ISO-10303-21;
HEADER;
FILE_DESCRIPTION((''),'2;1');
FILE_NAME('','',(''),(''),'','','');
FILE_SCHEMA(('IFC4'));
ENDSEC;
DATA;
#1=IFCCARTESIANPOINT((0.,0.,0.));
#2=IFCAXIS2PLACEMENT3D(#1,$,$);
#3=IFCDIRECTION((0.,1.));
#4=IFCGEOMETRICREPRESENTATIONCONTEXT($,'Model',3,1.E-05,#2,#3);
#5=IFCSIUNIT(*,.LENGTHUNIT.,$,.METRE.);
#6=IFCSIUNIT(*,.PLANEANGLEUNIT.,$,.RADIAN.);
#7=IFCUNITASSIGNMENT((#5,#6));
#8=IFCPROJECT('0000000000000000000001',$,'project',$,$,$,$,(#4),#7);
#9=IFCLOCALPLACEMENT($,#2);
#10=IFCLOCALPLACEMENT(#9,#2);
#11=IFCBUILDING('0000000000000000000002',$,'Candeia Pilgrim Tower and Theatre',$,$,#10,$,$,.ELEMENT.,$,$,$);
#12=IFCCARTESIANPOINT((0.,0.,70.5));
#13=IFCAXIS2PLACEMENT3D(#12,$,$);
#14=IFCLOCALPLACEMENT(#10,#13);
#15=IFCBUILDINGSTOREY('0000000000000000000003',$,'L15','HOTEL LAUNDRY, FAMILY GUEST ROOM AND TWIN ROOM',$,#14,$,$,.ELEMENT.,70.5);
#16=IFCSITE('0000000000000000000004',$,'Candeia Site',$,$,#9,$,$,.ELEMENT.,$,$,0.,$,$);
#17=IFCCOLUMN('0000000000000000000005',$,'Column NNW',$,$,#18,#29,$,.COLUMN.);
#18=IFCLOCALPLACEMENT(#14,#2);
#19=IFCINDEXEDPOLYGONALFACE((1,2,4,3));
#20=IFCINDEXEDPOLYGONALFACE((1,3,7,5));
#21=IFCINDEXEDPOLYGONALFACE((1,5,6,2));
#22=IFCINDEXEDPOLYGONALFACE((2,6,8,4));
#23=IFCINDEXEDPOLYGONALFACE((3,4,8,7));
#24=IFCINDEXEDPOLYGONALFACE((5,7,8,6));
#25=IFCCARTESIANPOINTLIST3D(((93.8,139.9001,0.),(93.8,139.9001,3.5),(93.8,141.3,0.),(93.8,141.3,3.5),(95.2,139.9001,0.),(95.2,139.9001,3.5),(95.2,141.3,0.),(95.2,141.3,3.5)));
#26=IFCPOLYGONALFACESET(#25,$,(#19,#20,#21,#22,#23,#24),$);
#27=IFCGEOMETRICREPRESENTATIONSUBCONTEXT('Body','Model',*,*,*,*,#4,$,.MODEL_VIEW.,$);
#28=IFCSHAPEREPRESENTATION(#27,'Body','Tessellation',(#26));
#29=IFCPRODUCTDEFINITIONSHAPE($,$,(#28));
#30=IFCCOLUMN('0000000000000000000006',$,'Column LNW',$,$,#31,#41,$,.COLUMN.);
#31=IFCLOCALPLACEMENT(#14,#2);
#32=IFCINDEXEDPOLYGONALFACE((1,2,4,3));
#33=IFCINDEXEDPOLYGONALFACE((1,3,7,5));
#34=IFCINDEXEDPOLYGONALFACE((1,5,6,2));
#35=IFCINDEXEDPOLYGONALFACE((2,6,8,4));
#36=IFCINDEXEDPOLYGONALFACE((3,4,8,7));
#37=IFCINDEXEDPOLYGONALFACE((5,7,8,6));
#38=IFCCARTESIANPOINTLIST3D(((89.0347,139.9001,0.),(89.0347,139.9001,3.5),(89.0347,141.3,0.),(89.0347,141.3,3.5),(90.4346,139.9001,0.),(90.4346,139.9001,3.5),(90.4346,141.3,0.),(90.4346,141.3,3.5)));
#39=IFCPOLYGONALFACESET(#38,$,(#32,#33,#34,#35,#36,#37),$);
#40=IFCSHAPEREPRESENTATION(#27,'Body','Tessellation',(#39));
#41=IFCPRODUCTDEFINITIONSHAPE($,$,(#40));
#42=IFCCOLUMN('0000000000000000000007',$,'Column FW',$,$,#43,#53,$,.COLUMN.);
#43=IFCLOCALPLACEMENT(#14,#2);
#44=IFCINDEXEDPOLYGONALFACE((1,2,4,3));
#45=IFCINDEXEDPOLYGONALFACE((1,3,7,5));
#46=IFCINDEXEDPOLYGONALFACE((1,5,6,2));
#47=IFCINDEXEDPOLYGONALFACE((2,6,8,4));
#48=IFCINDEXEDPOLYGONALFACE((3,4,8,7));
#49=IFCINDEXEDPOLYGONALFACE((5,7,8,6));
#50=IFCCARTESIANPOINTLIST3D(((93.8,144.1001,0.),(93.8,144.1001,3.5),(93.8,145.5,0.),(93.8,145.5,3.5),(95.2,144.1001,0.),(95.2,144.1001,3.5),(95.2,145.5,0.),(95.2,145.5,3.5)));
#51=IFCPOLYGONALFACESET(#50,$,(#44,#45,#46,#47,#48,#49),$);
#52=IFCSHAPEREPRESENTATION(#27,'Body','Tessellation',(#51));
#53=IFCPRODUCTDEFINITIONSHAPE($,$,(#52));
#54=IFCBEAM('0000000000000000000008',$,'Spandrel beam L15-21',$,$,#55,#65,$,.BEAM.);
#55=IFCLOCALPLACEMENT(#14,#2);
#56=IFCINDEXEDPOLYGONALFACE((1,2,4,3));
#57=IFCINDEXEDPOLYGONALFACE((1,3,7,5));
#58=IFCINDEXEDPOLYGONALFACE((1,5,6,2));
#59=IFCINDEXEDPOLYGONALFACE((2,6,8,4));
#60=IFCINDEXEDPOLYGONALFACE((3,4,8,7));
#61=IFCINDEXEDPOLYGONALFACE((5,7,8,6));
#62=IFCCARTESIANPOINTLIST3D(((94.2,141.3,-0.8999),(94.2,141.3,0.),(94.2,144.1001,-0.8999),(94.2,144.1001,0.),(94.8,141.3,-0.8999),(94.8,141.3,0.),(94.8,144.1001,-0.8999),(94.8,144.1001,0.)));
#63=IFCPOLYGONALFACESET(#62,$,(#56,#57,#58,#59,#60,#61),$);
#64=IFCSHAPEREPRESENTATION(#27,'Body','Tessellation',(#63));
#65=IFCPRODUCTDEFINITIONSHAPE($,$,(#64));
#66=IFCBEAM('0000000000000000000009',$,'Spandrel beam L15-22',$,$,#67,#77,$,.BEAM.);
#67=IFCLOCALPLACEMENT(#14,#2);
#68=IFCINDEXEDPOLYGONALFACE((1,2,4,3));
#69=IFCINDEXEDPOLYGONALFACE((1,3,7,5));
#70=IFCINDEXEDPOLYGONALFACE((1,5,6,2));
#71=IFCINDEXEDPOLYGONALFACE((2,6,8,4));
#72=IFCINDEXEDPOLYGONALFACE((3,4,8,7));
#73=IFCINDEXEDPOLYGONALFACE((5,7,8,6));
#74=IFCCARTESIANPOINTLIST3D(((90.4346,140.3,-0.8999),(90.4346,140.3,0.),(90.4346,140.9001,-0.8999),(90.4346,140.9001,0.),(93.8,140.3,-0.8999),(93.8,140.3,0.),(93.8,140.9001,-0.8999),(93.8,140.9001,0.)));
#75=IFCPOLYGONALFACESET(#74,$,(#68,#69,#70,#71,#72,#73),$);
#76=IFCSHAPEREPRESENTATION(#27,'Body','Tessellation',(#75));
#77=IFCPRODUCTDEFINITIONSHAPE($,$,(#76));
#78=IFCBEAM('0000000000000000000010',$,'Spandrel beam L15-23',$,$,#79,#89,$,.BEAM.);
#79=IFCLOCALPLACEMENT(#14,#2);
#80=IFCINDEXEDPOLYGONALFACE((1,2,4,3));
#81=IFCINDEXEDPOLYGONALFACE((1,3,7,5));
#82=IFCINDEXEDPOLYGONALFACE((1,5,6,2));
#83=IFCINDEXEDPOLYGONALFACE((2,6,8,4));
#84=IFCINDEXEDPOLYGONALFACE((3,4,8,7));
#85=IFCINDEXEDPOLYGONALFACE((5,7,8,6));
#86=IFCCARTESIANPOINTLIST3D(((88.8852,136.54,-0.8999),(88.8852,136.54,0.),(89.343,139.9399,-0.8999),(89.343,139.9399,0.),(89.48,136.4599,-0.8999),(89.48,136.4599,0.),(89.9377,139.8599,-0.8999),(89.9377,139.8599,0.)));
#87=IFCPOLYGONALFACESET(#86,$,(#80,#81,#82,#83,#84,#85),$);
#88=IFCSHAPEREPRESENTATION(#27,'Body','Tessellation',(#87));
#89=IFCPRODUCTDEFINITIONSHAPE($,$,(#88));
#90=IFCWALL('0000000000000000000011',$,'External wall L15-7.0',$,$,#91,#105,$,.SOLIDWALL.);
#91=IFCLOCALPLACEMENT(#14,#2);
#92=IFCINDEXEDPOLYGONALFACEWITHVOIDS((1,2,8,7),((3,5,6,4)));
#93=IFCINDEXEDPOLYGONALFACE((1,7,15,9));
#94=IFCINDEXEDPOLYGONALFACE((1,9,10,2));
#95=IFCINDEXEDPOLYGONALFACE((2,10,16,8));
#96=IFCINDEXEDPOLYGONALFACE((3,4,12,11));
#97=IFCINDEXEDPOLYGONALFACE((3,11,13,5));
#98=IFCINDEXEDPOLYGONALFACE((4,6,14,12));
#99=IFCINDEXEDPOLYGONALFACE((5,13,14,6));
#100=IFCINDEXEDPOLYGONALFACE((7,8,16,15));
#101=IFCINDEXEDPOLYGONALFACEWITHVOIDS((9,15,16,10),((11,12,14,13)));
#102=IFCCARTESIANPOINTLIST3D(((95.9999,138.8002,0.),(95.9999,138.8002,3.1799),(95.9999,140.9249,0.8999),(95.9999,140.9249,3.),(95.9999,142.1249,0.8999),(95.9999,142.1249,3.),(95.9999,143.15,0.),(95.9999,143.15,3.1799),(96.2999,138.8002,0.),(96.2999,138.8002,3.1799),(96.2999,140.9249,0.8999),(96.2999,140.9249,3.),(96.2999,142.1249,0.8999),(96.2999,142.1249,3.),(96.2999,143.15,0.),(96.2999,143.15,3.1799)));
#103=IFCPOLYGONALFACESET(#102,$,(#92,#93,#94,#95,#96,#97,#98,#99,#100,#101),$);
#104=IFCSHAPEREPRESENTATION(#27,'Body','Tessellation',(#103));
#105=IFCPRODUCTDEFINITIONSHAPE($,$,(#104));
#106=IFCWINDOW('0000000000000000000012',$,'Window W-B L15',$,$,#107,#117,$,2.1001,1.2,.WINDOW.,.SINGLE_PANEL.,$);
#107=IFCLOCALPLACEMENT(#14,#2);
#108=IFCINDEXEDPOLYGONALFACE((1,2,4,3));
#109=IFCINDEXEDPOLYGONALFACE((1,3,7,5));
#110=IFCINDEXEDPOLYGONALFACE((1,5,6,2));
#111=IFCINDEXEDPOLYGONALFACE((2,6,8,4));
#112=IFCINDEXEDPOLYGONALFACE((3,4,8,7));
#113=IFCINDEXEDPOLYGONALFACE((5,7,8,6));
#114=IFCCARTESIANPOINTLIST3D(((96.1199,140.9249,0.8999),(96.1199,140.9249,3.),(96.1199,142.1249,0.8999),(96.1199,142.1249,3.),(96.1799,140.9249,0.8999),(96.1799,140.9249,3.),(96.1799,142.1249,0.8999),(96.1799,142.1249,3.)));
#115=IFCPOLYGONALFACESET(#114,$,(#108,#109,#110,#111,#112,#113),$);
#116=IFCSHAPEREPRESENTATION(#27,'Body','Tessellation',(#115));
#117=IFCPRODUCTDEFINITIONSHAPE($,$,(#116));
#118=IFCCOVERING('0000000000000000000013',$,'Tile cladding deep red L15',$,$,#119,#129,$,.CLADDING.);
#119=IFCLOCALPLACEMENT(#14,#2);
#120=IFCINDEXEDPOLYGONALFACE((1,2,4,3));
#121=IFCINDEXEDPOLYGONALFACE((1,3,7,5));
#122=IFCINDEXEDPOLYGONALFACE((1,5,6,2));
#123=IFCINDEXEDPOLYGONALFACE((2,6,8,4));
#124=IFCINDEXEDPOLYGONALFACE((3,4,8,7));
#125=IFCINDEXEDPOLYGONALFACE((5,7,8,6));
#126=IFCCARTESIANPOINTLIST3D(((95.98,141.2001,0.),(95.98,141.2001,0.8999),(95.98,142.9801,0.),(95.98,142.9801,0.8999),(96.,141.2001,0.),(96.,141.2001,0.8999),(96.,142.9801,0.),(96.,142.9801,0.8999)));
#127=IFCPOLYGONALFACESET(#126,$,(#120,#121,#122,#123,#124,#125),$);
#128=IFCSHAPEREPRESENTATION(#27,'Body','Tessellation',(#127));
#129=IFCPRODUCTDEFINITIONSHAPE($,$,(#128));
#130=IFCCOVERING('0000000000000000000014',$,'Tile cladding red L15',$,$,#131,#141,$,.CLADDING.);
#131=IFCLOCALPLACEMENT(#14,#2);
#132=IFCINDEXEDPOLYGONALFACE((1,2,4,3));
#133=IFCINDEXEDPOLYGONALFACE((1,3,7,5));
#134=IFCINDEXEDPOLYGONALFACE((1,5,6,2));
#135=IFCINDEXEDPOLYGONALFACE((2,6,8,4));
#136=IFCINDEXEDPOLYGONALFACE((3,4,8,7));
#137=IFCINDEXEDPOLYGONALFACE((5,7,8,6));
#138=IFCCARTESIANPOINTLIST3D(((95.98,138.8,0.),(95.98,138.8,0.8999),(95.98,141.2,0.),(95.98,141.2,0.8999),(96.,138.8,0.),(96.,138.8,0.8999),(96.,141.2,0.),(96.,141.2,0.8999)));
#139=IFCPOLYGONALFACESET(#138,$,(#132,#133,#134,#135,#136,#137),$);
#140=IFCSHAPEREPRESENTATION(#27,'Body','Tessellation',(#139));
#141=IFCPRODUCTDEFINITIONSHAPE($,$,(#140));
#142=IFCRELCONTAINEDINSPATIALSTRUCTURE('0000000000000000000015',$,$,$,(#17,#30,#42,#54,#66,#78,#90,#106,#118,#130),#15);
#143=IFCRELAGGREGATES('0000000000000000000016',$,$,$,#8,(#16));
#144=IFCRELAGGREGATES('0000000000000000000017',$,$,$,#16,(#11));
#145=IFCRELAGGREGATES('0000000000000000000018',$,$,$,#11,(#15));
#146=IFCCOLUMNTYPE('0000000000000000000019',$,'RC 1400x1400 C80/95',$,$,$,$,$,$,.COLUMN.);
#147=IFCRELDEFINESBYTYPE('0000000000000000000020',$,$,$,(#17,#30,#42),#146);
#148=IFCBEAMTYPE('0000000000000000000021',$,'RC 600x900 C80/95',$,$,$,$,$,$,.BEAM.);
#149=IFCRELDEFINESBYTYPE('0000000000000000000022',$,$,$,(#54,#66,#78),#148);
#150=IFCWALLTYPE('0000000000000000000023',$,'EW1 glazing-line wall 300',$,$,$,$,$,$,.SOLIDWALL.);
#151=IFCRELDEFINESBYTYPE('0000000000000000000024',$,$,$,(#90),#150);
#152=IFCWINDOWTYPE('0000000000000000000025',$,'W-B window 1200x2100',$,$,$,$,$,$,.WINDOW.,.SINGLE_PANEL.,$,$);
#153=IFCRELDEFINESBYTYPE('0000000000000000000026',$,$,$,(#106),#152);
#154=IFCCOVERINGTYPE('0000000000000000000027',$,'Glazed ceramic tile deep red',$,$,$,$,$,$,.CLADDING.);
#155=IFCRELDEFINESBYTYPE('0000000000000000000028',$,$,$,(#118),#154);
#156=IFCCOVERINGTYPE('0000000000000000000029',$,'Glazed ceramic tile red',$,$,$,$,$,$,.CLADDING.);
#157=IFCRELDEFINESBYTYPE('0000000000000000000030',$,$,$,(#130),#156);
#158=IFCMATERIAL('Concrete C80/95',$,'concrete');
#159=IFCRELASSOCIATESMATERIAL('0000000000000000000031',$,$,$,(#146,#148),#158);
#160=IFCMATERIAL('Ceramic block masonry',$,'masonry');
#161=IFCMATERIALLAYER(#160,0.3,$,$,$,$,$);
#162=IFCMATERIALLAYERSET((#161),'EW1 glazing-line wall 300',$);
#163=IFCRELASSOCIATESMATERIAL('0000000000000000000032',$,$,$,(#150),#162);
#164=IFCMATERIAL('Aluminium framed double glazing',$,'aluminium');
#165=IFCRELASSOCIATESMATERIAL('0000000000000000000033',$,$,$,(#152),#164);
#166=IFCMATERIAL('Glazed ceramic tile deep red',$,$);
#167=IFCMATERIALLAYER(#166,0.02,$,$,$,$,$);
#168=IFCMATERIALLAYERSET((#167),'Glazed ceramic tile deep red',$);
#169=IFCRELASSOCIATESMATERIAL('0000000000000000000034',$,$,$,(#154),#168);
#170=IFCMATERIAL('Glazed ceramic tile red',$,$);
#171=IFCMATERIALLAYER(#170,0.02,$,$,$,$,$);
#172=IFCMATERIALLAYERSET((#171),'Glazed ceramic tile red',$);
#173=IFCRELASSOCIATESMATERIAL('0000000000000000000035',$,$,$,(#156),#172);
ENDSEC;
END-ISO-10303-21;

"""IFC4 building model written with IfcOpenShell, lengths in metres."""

from ifc_helpers import new_model, si_unit, direction, frame, frame_2d, origin, origin_2d, place, context, subcontext, project, spatial, rectangle, extrude, material, layer, layer_set, material_profile, profile_set, type_object, element, fill, save


model = new_model("IFC4")

# Units and contexts
model_context = context("Model", 3, precision=1e-05, world=origin(), true_north=direction((0.0, 1.0)))
body_context = subcontext(model_context, "Body", "Model", "MODEL_VIEW")
ifc_project = project(units=[si_unit("LENGTHUNIT", "METRE"), si_unit("PLANEANGLEUNIT", "RADIAN")], contexts=[model_context])

# Site, building, storey
site_placement = place(None, origin())
site = spatial("IfcSite", under=ifc_project, at=site_placement, Name="Candeia Site", CompositionType="ELEMENT", RefElevation=0.0)
building_placement = place(site_placement, origin())
building = spatial("IfcBuilding", under=site, at=building_placement, Name="Candeia Pilgrim Tower and Theatre", CompositionType="ELEMENT")
storey_placement = place(building_placement, frame((0.0, 0.0, 70.5)))
storey = spatial("IfcBuildingStorey", under=building, at=storey_placement, Name="L15", Description="HOTEL LAUNDRY, FAMILY GUEST ROOM AND TWIN ROOM", CompositionType="ELEMENT", Elevation=70.5)

# Columns
ifc_material_1 = material(Name="Concrete C80/95", Category="concrete")
ifc_material_profile_1 = material_profile(ifc_material_1, rectangle(XDim=1.3999, YDim=1.3999, at=origin_2d()))
ifc_profile_set_1 = profile_set([ifc_material_profile_1], Name="Concrete C80/95")
column_type = type_object("IfcColumnType", Name="RC 1400x1400 C80/95", PredefinedType="COLUMN", material=ifc_profile_set_1)
for number, where, z_axis, x_axis, name in (
    (1, (94.5, 140.6001, 0.0), (0.0, 0.0, 1.0), (1.0, 0.0, 0.0), "Column NNW"),
    (2, (89.7346, 140.6001, 0.0), (0.0, 0.0, 1.0), (1.0, 0.0, 0.0), "Column LNW"),
    (3, (94.5, 144.8, 0.0), (0.0, 0.0, 1.0), (1.0, 0.0, 0.0), "Column FW"),
):
    element("IfcColumn", number, at=place(storey_placement, frame(where, z_axis=z_axis, x_axis=x_axis)), inside=storey, type_object=column_type, Name=name, PredefinedType="COLUMN", context=body_context, shape_type="SweptSolid", body=[
        extrude(rectangle(XDim=1.3999, YDim=1.3999, at=origin_2d()), origin(), (0.0, 0.0, 1.0), 3.5),
    ])

# Beams
ifc_material_profile_2 = material_profile(ifc_material_1, rectangle(XDim=0.6001, YDim=0.8999, at=origin_2d()))
ifc_profile_set_2 = profile_set([ifc_material_profile_2], Name="Concrete C80/95")
beam_type = type_object("IfcBeamType", Name="RC 600x900 C80/95", PredefinedType="BEAM", material=ifc_profile_set_2)
beam_1_placement = place(storey_placement, frame((94.5, 144.1001, -0.45), z_axis=(0.0, -1.0, 0.0), x_axis=(1.0, 0.0, 0.0)))
element("IfcBeam", 4, at=beam_1_placement, inside=storey, type_object=beam_type, Name="Spandrel beam L15-21", PredefinedType="BEAM", context=body_context, shape_type="SweptSolid", body=[
    extrude(rectangle(XDim=0.6001, YDim=0.8999, at=origin_2d()), origin(), (0.0, 0.0, 1.0), 2.8),
])
beam_2_placement = place(storey_placement, frame((93.8, 140.6001, -0.45), z_axis=(-1.0, 0.0, 0.0), x_axis=(0.0, -1.0, 0.0)))
element("IfcBeam", 5, at=beam_2_placement, inside=storey, type_object=beam_type, Name="Spandrel beam L15-22", PredefinedType="BEAM", context=body_context, shape_type="SweptSolid", body=[
    extrude(rectangle(XDim=0.6001, YDim=0.8999, at=origin_2d()), origin(), (0.0, 0.0, 1.0), 3.3655),
])
beam_3_placement = place(storey_placement, frame((89.6404, 139.8999, -0.45), z_axis=(-0.133436, -0.991057, 0.0), x_axis=(0.991057, -0.133436, 0.0)))
element("IfcBeam", 6, at=beam_3_placement, inside=storey, type_object=beam_type, Name="Spandrel beam L15-23", PredefinedType="BEAM", context=body_context, shape_type="SweptSolid", body=[
    extrude(rectangle(XDim=0.6001, YDim=0.8999, at=origin_2d()), origin(), (0.0, 0.0, 1.0), 3.4307),
])

# Wall, opening, window
ifc_material_2 = material(Name="Ceramic block masonry", Category="masonry")
ifc_layer_1 = layer(ifc_material_2, 0.3)
ifc_layer_set_1 = layer_set([ifc_layer_1], Name="EW1 glazing-line wall 300")
wall_type = type_object("IfcWallType", Name="EW1 glazing-line wall 300", PredefinedType="SOLIDWALL", material=ifc_layer_set_1)
wall_placement = place(storey_placement, frame((96.1499, 143.1499, 0.0), z_axis=(0.0, 0.0, 1.0), x_axis=(0.0, -1.0, 0.0)))
wall = element("IfcWall", 7, at=wall_placement, inside=storey, type_object=wall_type, Name="External wall L15-7.0", PredefinedType="SOLIDWALL", context=body_context, shape_type="SweptSolid", body=[
    extrude(rectangle(XDim=4.3499, YDim=0.3, at=frame_2d((2.1748, 0.0))), origin(), (0.0, 0.0, 1.0), 3.1799),
])
opening_placement = place(wall_placement, frame((1.0249, 0.0, 0.8999)))
opening = element("IfcOpeningElement", 8, at=opening_placement, cuts=wall, PredefinedType="OPENING", context=body_context, shape_type="SweptSolid", body=[
    extrude(rectangle(XDim=1.2, YDim=2.1001, at=frame_2d((0.6001, 1.05))), frame((0.0, 0.1602, 0.0), z_axis=(0.0, -1.0, 0.0), x_axis=(1.0, 0.0, 0.0)), (0.0, 0.0, 1.0), 0.3201),
])
ifc_material_3 = material(Name="Aluminium framed double glazing", Category="aluminium")
window_type = type_object("IfcWindowType", Name="W-B window 1200x2100", PartitioningType="SINGLE_PANEL", PredefinedType="WINDOW", material=ifc_material_3)
window_placement = place(opening_placement, origin())
window = element("IfcWindow", 9, at=window_placement, inside=storey, type_object=window_type, Name="Window W-B L15", OverallHeight=2.1001, OverallWidth=1.2, PartitioningType="SINGLE_PANEL", PredefinedType="WINDOW", context=body_context, shape_type="SweptSolid", body=[
    extrude(rectangle(XDim=1.2, YDim=2.1001, at=frame_2d((0.6001, 1.05))), frame((0.0, 0.03, 0.0), z_axis=(0.0, -1.0, 0.0), x_axis=(1.0, 0.0, 0.0)), (0.0, 0.0, 1.0), 0.0601),
])
fill(opening, window)

# Coverings
ifc_material_4 = material(Name="Glazed ceramic tile deep red")
ifc_layer_2 = layer(ifc_material_4, 0.02)
ifc_layer_set_2 = layer_set([ifc_layer_2], Name="Glazed ceramic tile deep red")
covering_type_1 = type_object("IfcCoveringType", Name="Glazed ceramic tile deep red", PredefinedType="CLADDING", material=ifc_layer_set_2)
covering_1_placement = place(storey_placement, frame((95.99, 142.0901, 0.0), z_axis=(0.0, 0.0, 1.0), x_axis=(0.0, -1.0, 0.0)))
element("IfcCovering", 10, at=covering_1_placement, inside=storey, type_object=covering_type_1, Name="Tile cladding deep red L15", PredefinedType="CLADDING", context=body_context, shape_type="SweptSolid", body=[
    extrude(rectangle(XDim=1.78, YDim=0.02, at=origin_2d()), origin(), (0.0, 0.0, 1.0), 0.8999),
])
ifc_material_5 = material(Name="Glazed ceramic tile red")
ifc_layer_3 = layer(ifc_material_5, 0.02)
ifc_layer_set_3 = layer_set([ifc_layer_3], Name="Glazed ceramic tile red")
covering_type_2 = type_object("IfcCoveringType", Name="Glazed ceramic tile red", PredefinedType="CLADDING", material=ifc_layer_set_3)
covering_2_placement = place(storey_placement, frame((95.99, 140.0, 0.0), z_axis=(0.0, 0.0, 1.0), x_axis=(0.0, -1.0, 0.0)))
element("IfcCovering", 11, at=covering_2_placement, inside=storey, type_object=covering_type_2, Name="Tile cladding red L15", PredefinedType="CLADDING", context=body_context, shape_type="SweptSolid", body=[
    extrude(rectangle(XDim=2.3999, YDim=0.02, at=origin_2d()), origin(), (0.0, 0.0, 1.0), 0.8999),
])

save(model, "model.ifc")
